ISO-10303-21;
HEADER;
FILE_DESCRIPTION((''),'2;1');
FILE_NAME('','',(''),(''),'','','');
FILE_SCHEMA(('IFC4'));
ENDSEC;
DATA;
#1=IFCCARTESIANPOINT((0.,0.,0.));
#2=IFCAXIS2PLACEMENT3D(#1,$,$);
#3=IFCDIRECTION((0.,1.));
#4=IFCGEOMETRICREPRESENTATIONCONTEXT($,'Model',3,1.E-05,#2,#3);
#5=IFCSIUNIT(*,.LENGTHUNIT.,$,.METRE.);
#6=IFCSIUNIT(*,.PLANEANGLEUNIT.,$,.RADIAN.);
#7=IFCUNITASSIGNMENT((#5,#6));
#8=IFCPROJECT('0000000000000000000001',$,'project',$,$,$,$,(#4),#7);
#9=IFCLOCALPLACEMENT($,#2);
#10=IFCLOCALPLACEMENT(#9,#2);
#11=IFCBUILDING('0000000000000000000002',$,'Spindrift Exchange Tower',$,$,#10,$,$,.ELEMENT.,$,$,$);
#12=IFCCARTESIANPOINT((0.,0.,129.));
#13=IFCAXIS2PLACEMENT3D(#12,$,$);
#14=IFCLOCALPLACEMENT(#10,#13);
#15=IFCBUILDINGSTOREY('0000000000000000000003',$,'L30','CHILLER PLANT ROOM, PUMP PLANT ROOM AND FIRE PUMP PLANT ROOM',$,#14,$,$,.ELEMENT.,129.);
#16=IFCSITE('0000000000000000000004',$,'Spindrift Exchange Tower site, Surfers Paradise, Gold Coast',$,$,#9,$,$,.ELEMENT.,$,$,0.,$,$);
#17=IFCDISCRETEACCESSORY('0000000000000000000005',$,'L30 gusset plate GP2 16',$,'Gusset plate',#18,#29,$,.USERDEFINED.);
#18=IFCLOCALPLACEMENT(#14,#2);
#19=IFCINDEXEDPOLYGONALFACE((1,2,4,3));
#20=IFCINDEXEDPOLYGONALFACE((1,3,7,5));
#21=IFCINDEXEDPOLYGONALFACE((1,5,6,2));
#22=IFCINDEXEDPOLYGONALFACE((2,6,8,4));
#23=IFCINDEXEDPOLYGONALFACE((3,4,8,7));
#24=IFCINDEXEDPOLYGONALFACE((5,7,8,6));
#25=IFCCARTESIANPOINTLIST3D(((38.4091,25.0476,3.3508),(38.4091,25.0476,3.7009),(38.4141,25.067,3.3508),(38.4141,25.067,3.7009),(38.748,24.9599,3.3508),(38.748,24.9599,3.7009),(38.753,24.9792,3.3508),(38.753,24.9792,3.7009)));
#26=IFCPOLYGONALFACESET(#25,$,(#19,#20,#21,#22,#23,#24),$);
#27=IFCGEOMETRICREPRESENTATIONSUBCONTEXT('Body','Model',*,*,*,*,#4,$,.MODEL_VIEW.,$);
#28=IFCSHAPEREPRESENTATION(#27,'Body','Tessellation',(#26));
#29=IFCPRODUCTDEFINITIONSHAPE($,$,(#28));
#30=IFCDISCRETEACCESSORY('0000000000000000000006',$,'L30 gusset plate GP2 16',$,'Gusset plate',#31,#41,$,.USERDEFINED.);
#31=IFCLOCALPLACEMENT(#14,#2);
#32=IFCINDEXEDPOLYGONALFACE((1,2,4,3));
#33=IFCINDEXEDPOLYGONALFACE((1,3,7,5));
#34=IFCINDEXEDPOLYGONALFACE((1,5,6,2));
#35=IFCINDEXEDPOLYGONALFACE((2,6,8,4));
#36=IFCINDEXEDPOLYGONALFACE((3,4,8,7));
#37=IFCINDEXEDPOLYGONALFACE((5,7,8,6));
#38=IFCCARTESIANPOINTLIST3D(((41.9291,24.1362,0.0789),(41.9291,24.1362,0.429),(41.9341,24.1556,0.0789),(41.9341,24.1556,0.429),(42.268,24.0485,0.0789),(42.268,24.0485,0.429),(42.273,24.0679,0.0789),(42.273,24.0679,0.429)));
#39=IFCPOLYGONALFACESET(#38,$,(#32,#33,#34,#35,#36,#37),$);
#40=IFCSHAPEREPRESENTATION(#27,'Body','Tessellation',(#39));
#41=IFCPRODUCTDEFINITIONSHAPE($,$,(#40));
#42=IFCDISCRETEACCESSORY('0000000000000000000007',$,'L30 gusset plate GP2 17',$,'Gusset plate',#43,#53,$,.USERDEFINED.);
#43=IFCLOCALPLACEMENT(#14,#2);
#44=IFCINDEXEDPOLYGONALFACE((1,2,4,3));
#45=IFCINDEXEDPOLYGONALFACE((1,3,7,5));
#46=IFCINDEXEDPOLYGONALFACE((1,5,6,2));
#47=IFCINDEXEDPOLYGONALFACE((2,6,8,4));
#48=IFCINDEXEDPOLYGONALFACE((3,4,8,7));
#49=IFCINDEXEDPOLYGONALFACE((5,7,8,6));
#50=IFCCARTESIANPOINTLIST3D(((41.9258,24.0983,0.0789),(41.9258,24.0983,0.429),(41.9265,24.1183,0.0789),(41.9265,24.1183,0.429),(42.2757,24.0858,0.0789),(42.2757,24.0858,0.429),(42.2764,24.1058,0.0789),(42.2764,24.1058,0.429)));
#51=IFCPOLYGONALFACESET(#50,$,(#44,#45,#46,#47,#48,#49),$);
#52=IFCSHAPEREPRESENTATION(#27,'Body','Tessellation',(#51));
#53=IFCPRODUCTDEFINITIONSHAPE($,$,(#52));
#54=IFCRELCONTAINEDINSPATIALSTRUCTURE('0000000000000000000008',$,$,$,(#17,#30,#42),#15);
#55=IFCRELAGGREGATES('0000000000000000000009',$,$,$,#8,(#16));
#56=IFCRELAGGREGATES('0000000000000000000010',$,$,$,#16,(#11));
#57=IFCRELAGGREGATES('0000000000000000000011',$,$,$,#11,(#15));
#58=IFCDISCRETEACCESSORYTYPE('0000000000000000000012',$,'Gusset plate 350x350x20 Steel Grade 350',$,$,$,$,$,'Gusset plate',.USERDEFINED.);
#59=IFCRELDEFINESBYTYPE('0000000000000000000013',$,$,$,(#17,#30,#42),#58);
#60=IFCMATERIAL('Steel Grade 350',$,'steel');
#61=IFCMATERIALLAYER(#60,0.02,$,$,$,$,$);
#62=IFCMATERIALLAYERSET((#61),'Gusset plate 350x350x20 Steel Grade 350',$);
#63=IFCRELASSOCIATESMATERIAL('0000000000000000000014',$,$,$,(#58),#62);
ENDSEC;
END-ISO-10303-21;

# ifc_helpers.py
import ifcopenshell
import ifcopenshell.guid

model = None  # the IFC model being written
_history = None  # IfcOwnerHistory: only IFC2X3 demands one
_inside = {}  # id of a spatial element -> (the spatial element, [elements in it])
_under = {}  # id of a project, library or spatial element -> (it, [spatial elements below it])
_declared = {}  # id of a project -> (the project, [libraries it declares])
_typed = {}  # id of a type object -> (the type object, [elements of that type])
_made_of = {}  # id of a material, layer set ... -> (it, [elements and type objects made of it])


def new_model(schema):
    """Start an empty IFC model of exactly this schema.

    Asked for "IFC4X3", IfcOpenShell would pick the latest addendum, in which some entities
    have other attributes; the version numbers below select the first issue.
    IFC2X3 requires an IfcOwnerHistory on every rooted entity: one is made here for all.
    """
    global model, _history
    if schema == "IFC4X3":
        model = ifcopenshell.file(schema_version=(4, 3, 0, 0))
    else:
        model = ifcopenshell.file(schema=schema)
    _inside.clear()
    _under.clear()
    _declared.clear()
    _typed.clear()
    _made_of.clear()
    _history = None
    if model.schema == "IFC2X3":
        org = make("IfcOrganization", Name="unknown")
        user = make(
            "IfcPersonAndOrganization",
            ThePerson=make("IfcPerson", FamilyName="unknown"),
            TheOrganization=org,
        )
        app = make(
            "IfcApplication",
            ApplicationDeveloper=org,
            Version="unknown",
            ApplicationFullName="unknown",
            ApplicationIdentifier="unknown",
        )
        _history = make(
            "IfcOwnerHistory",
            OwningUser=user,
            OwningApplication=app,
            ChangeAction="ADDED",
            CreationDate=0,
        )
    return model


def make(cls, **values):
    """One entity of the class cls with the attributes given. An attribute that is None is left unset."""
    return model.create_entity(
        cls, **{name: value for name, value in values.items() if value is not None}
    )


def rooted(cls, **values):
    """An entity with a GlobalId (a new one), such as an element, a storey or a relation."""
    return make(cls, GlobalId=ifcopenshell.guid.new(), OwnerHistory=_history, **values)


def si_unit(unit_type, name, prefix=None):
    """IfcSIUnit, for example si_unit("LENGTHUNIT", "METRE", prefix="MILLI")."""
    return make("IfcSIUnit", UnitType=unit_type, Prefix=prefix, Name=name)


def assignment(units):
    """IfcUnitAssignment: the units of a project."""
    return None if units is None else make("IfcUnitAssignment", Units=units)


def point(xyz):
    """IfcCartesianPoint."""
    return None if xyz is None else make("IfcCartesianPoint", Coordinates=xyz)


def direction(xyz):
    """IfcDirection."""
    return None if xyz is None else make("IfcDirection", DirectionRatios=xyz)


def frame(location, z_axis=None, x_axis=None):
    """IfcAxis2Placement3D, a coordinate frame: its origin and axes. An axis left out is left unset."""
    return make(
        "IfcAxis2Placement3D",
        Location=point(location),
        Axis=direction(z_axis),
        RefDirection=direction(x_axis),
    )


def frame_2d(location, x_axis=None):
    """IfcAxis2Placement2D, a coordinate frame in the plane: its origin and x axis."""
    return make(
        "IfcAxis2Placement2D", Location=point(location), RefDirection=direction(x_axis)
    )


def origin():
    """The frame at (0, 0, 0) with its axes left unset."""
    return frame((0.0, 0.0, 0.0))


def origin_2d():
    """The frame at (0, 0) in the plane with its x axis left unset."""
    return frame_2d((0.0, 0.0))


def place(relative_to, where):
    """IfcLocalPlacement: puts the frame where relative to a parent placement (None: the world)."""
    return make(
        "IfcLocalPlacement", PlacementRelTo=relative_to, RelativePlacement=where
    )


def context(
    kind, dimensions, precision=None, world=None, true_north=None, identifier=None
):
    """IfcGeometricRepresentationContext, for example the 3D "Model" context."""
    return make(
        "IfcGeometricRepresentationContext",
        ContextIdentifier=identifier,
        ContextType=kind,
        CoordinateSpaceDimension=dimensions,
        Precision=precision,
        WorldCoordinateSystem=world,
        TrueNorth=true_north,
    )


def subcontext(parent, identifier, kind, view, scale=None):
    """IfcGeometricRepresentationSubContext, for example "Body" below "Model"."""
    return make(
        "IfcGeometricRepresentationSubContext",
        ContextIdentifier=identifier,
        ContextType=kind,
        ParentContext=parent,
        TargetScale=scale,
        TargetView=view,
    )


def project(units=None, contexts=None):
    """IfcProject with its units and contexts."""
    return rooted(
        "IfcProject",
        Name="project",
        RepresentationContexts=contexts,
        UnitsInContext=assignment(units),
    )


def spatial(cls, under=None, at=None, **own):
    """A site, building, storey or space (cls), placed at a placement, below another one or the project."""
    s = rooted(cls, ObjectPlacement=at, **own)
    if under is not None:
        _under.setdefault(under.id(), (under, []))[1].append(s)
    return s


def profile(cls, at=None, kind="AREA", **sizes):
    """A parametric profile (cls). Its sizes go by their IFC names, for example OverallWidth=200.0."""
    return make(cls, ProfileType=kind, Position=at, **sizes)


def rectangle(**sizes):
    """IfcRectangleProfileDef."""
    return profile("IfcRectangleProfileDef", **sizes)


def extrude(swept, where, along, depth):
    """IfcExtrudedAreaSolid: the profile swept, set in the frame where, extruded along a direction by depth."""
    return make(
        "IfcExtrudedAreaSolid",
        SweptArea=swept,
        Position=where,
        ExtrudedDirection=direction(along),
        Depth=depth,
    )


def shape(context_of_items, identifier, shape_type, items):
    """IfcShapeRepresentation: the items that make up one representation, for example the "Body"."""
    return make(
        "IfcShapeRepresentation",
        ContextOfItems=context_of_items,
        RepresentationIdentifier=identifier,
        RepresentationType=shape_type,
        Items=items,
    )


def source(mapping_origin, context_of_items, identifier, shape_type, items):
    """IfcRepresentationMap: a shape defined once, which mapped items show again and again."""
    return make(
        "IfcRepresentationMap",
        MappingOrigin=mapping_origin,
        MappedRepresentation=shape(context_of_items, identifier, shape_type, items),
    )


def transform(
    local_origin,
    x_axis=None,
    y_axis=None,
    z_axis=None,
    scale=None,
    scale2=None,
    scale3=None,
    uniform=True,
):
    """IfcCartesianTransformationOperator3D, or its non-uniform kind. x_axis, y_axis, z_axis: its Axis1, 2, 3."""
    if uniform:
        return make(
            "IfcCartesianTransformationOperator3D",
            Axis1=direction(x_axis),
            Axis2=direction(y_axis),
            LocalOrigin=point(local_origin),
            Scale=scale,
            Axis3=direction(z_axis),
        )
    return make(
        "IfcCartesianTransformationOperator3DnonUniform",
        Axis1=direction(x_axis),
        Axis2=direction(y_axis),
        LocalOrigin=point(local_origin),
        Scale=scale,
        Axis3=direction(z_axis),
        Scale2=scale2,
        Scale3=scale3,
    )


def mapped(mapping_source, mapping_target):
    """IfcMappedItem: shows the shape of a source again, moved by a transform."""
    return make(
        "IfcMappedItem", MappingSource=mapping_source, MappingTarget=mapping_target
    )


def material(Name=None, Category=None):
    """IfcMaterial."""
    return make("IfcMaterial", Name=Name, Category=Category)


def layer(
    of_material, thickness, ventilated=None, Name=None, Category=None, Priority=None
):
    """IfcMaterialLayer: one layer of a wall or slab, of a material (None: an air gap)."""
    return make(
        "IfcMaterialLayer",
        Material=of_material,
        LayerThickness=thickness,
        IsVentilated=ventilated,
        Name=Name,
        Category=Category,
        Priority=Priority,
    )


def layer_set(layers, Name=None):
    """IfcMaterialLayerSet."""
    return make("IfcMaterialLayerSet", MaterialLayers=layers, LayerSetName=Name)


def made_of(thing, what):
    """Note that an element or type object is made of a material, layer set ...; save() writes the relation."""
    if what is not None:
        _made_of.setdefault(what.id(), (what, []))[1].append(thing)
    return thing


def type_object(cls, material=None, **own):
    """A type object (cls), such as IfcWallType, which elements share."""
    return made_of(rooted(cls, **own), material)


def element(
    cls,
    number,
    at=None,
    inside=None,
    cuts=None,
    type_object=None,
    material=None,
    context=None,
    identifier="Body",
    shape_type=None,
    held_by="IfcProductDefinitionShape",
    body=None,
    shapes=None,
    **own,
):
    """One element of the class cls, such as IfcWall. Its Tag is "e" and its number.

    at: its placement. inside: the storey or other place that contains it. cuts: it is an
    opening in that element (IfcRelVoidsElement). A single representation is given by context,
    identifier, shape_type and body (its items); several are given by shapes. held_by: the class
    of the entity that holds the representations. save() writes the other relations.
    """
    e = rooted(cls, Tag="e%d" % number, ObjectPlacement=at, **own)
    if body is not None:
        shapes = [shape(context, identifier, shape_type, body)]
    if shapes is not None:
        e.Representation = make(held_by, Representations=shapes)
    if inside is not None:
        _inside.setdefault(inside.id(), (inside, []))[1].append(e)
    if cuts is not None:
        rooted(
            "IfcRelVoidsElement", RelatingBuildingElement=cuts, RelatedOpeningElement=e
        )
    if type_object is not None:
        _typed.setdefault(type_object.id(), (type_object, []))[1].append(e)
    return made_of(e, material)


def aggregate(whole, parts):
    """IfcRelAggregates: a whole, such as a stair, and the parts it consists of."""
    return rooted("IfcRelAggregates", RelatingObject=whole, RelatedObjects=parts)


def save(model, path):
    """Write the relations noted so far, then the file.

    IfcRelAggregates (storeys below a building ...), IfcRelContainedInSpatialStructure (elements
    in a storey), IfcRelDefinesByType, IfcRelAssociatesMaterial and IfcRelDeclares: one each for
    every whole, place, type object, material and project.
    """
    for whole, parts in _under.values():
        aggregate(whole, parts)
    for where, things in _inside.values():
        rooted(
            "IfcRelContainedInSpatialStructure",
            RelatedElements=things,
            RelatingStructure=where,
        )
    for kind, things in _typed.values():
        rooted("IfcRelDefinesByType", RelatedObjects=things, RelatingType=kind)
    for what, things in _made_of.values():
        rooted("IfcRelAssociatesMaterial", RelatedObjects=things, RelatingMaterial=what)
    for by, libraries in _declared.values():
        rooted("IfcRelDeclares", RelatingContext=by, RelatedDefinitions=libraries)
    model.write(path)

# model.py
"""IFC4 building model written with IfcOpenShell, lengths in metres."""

from ifc_helpers import new_model, si_unit, direction, frame, origin, origin_2d, place, context, subcontext, project, spatial, rectangle, extrude, source, transform, mapped, material, layer, layer_set, type_object, element, save


model = new_model("IFC4")

# Units and contexts
model_context = context("Model", 3, precision=1e-05, world=origin(), true_north=direction((0.0, 1.0)))
body_context = subcontext(model_context, "Body", "Model", "MODEL_VIEW")
ifc_project = project(units=[si_unit("LENGTHUNIT", "METRE"), si_unit("PLANEANGLEUNIT", "RADIAN")], contexts=[model_context])

# Site, building, storey
site_placement = place(None, origin())
site = spatial("IfcSite", under=ifc_project, at=site_placement, Name="Spindrift Exchange Tower site, Surfers Paradise, Gold Coast", CompositionType="ELEMENT", RefElevation=0.0)
building_placement = place(site_placement, origin())
building = spatial("IfcBuilding", under=site, at=building_placement, Name="Spindrift Exchange Tower", CompositionType="ELEMENT")
storey_placement = place(building_placement, frame((0.0, 0.0, 129.0)))
storey = spatial("IfcBuildingStorey", under=building, at=storey_placement, Name="L30", Description="CHILLER PLANT ROOM, PUMP PLANT ROOM AND FIRE PUMP PLANT ROOM", CompositionType="ELEMENT", Elevation=129.0)

# Shared definitions
ifc_material_1 = material(Name="Steel Grade 350", Category="steel")

# Discrete accessories
ifc_layer_1 = layer(ifc_material_1, 0.02)
ifc_layer_set_1 = layer_set([ifc_layer_1], Name="Gusset plate 350x350x20 Steel Grade 350")
discrete_accessory_type_1 = type_object("IfcDiscreteAccessoryType", Name="Gusset plate 350x350x20 Steel Grade 350", ElementType="Gusset plate", PredefinedType="USERDEFINED", material=ifc_layer_set_1)
shared_shape_1 = source(origin(), body_context, "Body", "SweptSolid", [
    extrude(rectangle(XDim=0.3501, YDim=0.02, at=origin_2d()), origin(), (0.0, 0.0, 1.0), 0.3501),
])
for number, where, z_axis, x_axis, name in (
    (1, (38.5811, 25.0134, 3.3508), (0.0, 0.0, 1.0), (0.968075, -0.250662, 0.0), "L30 gusset plate GP2 16"),
    (2, (42.1011, 24.1021, 0.0789), (0.0, 0.0, 1.0), (0.96807, -0.250681, 0.0), "L30 gusset plate GP2 16"),
    (3, (42.1011, 24.1021, 0.0789), (0.0, 0.0, 1.0), (0.999354, -0.035925, 0.0), "L30 gusset plate GP2 17"),
):
    element("IfcDiscreteAccessory", number, at=place(storey_placement, frame(where, z_axis=z_axis, x_axis=x_axis)), inside=storey, type_object=discrete_accessory_type_1, Name=name, ObjectType="Gusset plate", PredefinedType="USERDEFINED", context=body_context, shape_type="MappedRepresentation", body=[
        mapped(shared_shape_1, transform((0.0, 0.0, 0.0), scale=1.0)),
    ])

save(model, "model.ifc")
